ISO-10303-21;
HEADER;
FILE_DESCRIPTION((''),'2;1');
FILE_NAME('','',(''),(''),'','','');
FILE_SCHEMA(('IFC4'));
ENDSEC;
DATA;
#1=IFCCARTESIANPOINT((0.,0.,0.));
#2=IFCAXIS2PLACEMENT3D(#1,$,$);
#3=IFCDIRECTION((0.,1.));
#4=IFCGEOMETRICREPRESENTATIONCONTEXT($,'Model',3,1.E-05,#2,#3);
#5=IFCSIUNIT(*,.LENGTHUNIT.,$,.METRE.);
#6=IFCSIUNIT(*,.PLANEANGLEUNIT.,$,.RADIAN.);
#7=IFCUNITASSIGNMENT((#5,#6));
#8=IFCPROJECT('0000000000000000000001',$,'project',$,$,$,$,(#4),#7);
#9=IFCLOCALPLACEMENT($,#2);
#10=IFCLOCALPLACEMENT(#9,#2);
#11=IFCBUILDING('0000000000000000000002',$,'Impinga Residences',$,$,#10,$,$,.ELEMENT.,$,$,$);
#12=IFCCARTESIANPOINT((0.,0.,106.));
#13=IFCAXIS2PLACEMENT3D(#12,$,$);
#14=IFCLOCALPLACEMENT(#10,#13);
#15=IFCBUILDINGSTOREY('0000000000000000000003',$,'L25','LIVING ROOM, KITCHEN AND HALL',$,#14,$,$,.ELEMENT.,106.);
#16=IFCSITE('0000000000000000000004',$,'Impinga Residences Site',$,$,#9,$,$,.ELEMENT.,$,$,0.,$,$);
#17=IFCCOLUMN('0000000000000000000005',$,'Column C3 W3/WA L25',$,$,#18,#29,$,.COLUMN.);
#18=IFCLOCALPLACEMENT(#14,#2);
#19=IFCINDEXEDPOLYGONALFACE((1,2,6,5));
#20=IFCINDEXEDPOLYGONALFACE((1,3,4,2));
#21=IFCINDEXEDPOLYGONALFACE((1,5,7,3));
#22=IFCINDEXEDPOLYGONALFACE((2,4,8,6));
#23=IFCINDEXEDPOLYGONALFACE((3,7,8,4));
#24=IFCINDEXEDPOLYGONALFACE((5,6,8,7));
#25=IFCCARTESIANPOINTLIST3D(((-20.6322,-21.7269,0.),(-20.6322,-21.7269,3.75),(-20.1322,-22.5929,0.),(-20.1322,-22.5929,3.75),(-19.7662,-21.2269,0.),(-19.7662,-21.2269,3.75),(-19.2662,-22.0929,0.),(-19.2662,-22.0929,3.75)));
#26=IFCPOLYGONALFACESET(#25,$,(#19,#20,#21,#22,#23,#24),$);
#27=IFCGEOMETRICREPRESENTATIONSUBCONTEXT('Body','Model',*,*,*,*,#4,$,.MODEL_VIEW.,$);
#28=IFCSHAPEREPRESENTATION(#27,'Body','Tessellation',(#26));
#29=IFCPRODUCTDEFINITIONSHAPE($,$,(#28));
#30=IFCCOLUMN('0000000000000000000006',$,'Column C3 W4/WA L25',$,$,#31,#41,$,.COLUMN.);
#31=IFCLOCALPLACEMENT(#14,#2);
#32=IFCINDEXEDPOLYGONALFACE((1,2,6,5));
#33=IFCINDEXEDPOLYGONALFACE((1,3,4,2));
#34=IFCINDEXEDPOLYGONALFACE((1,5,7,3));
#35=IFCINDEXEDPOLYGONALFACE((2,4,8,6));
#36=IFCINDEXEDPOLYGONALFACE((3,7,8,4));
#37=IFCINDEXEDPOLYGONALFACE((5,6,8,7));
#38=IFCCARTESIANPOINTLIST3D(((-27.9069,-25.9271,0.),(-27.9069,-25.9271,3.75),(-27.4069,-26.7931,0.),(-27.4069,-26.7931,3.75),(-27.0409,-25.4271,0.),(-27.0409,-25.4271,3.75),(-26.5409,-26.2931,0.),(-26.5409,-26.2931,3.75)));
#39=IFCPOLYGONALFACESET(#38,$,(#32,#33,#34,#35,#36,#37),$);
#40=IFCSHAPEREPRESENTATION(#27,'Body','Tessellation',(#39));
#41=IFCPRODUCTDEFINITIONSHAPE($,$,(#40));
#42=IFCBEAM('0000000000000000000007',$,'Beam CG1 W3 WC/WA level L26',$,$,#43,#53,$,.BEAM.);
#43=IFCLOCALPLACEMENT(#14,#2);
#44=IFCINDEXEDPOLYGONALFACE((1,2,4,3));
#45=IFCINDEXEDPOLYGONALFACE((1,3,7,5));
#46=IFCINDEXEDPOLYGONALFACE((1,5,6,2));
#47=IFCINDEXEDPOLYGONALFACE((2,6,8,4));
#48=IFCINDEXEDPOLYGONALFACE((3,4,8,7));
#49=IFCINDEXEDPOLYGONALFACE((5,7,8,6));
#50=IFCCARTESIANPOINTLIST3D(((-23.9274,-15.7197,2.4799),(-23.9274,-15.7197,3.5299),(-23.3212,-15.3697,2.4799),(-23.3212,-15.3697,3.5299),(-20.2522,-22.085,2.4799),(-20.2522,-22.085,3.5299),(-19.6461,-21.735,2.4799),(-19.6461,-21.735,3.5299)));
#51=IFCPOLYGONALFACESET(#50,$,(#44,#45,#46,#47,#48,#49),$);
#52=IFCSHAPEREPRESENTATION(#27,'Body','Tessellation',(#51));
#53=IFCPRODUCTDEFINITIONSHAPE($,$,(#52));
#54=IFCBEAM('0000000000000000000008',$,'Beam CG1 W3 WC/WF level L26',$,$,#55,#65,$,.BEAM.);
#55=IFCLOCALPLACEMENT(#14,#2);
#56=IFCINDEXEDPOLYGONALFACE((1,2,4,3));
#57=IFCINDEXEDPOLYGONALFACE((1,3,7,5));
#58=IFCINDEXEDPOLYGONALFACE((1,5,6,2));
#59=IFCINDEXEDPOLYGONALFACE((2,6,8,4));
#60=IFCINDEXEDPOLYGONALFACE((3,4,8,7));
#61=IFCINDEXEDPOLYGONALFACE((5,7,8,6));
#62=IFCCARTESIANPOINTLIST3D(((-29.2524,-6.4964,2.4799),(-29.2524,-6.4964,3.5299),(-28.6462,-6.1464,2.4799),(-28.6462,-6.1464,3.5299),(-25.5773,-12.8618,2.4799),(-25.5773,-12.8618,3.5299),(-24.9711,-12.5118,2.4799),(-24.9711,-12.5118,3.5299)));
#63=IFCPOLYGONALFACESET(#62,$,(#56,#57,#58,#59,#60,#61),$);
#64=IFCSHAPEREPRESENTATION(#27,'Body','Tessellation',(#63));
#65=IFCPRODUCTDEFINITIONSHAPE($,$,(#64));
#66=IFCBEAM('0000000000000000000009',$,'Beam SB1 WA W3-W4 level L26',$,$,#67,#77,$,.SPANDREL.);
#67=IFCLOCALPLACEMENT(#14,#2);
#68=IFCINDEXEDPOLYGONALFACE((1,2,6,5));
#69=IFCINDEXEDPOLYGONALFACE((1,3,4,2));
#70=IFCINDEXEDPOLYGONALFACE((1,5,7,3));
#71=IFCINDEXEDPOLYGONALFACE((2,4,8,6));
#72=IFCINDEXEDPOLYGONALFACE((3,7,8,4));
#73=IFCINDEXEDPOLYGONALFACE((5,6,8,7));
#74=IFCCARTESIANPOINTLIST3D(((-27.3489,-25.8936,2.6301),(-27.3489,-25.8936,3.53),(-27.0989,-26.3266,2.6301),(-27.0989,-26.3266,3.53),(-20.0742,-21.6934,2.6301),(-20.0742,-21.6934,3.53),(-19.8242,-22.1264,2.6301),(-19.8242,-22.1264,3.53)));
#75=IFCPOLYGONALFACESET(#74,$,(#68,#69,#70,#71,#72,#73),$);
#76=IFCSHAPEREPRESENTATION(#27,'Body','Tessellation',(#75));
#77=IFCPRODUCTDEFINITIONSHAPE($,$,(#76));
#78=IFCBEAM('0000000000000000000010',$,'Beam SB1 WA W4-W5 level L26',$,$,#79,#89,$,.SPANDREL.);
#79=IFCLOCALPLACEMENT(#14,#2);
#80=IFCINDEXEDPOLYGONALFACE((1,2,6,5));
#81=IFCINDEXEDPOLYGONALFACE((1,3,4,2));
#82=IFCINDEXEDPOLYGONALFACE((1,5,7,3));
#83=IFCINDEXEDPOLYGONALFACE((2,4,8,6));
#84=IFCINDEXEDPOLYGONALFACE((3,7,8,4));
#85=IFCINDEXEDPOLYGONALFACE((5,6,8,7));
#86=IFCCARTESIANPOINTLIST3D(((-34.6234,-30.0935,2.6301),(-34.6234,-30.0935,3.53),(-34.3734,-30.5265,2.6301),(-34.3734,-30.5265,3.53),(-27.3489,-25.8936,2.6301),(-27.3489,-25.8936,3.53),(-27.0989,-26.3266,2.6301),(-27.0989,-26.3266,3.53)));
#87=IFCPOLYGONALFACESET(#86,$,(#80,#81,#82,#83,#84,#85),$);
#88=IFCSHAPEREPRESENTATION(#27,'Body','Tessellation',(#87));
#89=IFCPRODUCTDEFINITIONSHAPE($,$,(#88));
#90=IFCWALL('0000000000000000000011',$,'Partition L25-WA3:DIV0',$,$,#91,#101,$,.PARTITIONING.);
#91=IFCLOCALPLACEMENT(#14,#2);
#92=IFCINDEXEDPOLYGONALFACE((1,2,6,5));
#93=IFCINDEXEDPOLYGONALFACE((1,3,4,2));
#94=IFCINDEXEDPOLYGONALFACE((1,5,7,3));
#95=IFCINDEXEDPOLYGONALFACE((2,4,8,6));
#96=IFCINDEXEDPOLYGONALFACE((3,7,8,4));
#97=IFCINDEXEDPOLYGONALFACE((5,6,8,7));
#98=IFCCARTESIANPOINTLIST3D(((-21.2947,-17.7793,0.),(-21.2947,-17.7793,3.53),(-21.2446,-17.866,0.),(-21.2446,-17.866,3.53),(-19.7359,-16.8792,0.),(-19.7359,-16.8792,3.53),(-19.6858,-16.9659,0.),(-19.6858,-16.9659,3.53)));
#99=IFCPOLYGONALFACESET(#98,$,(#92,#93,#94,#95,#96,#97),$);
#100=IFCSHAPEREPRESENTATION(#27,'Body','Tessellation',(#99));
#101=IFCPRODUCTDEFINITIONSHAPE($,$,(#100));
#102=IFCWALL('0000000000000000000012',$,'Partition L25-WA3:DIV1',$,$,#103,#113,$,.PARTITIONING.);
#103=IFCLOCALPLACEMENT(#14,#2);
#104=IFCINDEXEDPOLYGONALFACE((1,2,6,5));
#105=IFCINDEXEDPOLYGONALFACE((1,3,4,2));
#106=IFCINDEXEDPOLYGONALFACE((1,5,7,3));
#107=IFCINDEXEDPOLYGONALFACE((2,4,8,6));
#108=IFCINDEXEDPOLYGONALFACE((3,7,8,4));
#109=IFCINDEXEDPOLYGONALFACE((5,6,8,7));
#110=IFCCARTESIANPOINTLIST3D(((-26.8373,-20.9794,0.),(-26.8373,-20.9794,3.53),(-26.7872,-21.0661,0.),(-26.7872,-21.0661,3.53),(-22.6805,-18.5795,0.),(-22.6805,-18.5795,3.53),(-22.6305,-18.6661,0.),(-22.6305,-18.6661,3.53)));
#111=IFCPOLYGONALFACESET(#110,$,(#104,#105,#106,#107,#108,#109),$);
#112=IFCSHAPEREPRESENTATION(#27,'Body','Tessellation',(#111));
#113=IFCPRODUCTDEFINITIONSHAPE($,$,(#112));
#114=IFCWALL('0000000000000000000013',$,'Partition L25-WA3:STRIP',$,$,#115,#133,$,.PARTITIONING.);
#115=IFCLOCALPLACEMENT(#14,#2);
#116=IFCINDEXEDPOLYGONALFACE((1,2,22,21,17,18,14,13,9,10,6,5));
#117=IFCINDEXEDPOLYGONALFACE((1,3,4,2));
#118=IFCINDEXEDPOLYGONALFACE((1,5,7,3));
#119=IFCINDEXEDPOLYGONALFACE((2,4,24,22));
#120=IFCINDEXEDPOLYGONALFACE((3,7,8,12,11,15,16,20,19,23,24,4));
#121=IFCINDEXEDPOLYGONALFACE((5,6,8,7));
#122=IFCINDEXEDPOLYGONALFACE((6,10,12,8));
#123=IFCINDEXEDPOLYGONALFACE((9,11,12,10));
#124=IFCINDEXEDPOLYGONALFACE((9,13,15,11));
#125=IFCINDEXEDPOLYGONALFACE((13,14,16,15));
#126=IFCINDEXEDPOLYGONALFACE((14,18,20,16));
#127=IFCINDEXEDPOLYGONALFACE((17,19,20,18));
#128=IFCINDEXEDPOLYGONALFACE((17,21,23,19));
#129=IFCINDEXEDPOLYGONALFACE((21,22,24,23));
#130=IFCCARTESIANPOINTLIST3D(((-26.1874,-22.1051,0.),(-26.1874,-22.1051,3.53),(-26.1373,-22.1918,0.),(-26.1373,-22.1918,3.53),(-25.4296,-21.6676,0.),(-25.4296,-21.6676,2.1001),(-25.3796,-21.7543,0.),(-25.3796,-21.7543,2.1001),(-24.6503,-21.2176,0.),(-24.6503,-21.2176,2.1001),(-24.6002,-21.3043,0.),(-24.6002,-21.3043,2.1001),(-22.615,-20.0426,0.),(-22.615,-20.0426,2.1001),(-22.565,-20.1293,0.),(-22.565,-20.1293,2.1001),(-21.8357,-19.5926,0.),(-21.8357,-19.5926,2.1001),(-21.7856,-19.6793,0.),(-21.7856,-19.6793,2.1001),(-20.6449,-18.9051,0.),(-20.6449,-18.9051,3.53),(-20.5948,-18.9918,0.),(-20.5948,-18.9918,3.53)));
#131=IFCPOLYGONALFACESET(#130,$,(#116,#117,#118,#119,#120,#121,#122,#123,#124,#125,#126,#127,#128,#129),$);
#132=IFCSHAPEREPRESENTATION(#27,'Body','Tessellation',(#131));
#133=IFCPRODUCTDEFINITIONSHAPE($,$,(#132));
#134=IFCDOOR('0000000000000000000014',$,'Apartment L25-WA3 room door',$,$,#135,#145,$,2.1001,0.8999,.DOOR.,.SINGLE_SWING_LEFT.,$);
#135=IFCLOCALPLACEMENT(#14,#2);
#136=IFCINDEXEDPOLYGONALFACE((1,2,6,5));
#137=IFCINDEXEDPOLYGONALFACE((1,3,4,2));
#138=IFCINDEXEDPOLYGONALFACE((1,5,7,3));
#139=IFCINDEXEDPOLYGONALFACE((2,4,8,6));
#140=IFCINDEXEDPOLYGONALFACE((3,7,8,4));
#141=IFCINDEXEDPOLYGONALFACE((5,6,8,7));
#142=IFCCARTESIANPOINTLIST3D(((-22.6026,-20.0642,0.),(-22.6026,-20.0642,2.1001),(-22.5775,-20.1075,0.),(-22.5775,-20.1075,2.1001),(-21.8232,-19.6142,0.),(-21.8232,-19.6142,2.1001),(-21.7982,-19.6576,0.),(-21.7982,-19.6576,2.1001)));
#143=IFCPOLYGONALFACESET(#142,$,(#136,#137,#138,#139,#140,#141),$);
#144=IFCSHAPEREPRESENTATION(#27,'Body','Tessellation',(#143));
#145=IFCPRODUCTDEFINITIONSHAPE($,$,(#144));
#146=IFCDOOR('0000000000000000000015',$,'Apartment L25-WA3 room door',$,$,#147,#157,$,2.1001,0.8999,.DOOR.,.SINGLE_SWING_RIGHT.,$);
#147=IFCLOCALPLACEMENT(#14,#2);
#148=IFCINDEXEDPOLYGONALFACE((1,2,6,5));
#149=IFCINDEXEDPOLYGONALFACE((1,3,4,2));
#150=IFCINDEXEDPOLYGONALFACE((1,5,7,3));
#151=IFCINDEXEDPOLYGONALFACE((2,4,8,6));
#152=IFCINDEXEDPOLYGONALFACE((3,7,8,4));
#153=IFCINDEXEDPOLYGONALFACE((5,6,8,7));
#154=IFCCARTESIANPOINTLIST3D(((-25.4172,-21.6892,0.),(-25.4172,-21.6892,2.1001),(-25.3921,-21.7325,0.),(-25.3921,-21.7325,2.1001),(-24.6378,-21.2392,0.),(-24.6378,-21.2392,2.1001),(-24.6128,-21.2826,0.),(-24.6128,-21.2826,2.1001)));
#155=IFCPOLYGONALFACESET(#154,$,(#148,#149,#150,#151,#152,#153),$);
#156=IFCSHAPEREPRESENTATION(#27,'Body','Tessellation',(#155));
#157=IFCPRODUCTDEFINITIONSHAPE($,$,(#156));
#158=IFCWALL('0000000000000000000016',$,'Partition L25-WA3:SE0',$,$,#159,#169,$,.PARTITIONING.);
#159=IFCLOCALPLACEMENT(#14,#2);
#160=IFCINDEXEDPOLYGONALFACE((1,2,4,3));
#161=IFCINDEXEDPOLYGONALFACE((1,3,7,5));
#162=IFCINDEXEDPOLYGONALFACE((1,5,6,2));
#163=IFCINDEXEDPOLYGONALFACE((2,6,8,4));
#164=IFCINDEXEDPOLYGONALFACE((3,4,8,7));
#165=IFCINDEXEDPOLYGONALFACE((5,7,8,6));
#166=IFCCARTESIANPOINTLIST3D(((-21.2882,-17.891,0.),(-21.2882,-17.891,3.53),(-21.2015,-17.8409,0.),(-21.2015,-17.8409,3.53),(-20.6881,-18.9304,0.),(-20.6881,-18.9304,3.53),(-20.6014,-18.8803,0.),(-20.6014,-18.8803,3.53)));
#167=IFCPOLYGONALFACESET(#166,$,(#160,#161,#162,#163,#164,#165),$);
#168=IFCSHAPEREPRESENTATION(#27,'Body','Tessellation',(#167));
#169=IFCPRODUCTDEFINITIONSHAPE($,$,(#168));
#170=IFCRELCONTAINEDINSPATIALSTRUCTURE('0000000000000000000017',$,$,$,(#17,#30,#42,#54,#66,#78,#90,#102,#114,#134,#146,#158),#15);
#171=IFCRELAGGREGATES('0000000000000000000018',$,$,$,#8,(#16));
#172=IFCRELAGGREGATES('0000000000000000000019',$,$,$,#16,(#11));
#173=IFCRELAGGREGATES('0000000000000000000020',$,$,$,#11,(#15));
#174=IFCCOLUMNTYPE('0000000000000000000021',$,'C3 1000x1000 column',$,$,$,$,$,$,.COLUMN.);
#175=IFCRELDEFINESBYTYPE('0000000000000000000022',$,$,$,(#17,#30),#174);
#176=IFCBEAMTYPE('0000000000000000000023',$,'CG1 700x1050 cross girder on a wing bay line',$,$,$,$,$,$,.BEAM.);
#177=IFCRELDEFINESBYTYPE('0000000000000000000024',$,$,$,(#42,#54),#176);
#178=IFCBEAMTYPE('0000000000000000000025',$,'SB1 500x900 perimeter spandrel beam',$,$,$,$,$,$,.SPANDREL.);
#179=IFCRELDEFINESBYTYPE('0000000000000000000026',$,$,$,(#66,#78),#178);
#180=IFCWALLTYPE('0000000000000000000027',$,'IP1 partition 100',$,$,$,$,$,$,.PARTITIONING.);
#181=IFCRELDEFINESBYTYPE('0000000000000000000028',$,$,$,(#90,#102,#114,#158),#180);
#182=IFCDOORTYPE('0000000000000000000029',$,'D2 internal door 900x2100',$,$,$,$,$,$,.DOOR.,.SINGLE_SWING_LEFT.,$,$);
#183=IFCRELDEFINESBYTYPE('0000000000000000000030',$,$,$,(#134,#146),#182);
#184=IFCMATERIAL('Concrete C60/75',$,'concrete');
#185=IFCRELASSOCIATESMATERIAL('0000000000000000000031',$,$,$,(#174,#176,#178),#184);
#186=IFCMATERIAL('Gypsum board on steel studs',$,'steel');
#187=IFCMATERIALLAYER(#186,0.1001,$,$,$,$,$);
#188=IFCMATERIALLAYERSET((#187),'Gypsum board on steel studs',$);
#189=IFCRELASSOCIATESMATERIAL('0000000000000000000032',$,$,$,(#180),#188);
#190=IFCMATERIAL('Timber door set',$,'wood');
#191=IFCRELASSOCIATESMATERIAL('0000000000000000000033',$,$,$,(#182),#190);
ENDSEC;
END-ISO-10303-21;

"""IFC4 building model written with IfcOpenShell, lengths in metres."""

from ifc_helpers import new_model, si_unit, direction, frame, frame_2d, origin, origin_2d, place, context, subcontext, project, spatial, rectangle, extrude, material, layer, layer_set, material_profile, profile_set, type_object, element, fill, save


model = new_model("IFC4")

# Units and contexts
model_context = context("Model", 3, precision=1e-05, world=origin(), true_north=direction((0.0, 1.0)))
body_context = subcontext(model_context, "Body", "Model", "MODEL_VIEW")
ifc_project = project(units=[si_unit("LENGTHUNIT", "METRE"), si_unit("PLANEANGLEUNIT", "RADIAN")], contexts=[model_context])

# Site, building, storey
site_placement = place(None, origin())
site = spatial("IfcSite", under=ifc_project, at=site_placement, Name="Impinga Residences Site", CompositionType="ELEMENT", RefElevation=0.0)
building_placement = place(site_placement, origin())
building = spatial("IfcBuilding", under=site, at=building_placement, Name="Impinga Residences", CompositionType="ELEMENT")
storey_placement = place(building_placement, frame((0.0, 0.0, 106.0)))
storey = spatial("IfcBuildingStorey", under=building, at=storey_placement, Name="L25", Description="LIVING ROOM, KITCHEN AND HALL", CompositionType="ELEMENT", Elevation=106.0)

# Columns
ifc_material_1 = material(Name="Concrete C60/75", Category="concrete")
ifc_material_profile_1 = material_profile(ifc_material_1, rectangle(XDim=1.0, YDim=1.0, at=origin_2d()), Name="RC 1000x1000")
ifc_profile_set_1 = profile_set([ifc_material_profile_1], Name="Concrete C60/75")
column_type = type_object("IfcColumnType", Name="C3 1000x1000 column", PredefinedType="COLUMN", material=ifc_profile_set_1)
for number, where, z_axis, x_axis, name in (
    (1, (-19.9492, -21.9099, 0.0), (0.0, 0.0, 1.0), (-0.5, 0.866025, 0.0), "Column C3 W3/WA L25"),
    (2, (-27.2239, -26.1101, 0.0), (0.0, 0.0, 1.0), (-0.5, 0.866025, 0.0), "Column C3 W4/WA L25"),
):
    element("IfcColumn", number, at=place(storey_placement, frame(where, z_axis=z_axis, x_axis=x_axis)), inside=storey, type_object=column_type, Name=name, PredefinedType="COLUMN", context=body_context, shape_type="SweptSolid", body=[
        extrude(rectangle(XDim=1.0, YDim=1.0, at=origin_2d()), origin(), (0.0, 0.0, 1.0), 3.75),
    ])

# Beams
ifc_material_profile_2 = material_profile(ifc_material_1, rectangle(XDim=0.7, YDim=1.05, at=origin_2d()), Name="RC 700x1050")
ifc_profile_set_2 = profile_set([ifc_material_profile_2], Name="Concrete C60/75")
beam_type_1 = type_object("IfcBeamType", Name="CG1 700x1050 cross girder on a wing bay line", PredefinedType="BEAM", material=ifc_profile_set_2)
for number, where, z_axis, x_axis, name in (
    (3, (-23.6243, -15.5447, 3.0049), (0.500008, -0.866021, 0.0), (0.866021, 0.500008, 0.0), "Beam CG1 W3 WC/WA level L26"),
    (4, (-25.2742, -12.6868, 3.0049), (-0.500008, 0.866021, 0.0), (-0.866021, -0.500008, 0.0), "Beam CG1 W3 WC/WF level L26"),
):
    element("IfcBeam", number, at=place(storey_placement, frame(where, z_axis=z_axis, x_axis=x_axis)), inside=storey, type_object=beam_type_1, Name=name, PredefinedType="BEAM", context=body_context, shape_type="SweptSolid", body=[
        extrude(rectangle(XDim=0.7, YDim=1.05, at=origin_2d()), origin(), (0.0, 0.0, 1.0), 7.3501),
    ])
ifc_material_profile_3 = material_profile(ifc_material_1, rectangle(XDim=0.5, YDim=0.8999, at=origin_2d()), Name="RC 500x900")
ifc_profile_set_3 = profile_set([ifc_material_profile_3], Name="Concrete C60/75")
beam_type_2 = type_object("IfcBeamType", Name="SB1 500x900 perimeter spandrel beam", PredefinedType="SPANDREL", material=ifc_profile_set_3)
beam_1_placement = place(storey_placement, frame((-19.9492, -21.9099, 3.0801), z_axis=(-0.866017, -0.500015, 0.0), x_axis=(0.500015, -0.866017, 0.0)))
element("IfcBeam", 5, at=beam_1_placement, inside=storey, type_object=beam_type_2, Name="Beam SB1 WA W3-W4 level L26", PredefinedType="SPANDREL", context=body_context, shape_type="SweptSolid", body=[
    extrude(rectangle(XDim=0.5, YDim=0.8999, at=origin_2d()), origin(), (0.0, 0.0, 1.0), 8.4001),
])
beam_2_placement = place(storey_placement, frame((-27.2239, -26.1101, 3.0801), z_axis=(-0.866029, -0.499993, 0.0), x_axis=(0.499993, -0.866029, 0.0)))
element("IfcBeam", 6, at=beam_2_placement, inside=storey, type_object=beam_type_2, Name="Beam SB1 WA W4-W5 level L26", PredefinedType="SPANDREL", context=body_context, shape_type="SweptSolid", body=[
    extrude(rectangle(XDim=0.5, YDim=0.8999, at=origin_2d()), origin(), (0.0, 0.0, 1.0), 8.3999),
])

# Walls
ifc_material_2 = material(Name="Gypsum board on steel studs", Category="steel")
ifc_layer_1 = layer(ifc_material_2, 0.1001)
ifc_layer_set_1 = layer_set([ifc_layer_1], Name="Gypsum board on steel studs")
wall_type_1 = type_object("IfcWallType", Name="IP1 partition 100", PredefinedType="PARTITIONING", material=ifc_layer_set_1)
wall_1_placement = place(storey_placement, frame((-19.7109, -16.9226, 0.0), z_axis=(0.0, 0.0, 1.0), x_axis=(-0.865989, -0.500063, 0.0)))
element("IfcWall", 7, at=wall_1_placement, inside=storey, type_object=wall_type_1, Name="Partition L25-WA3:DIV0", PredefinedType="PARTITIONING", context=body_context, shape_type="SweptSolid", body=[
    extrude(rectangle(XDim=1.8, YDim=0.1001, at=frame_2d((0.8999, 0.0))), origin(), (0.0, 0.0, 1.0), 3.53),
])
wall_2_placement = place(storey_placement, frame((-22.6555, -18.6228, 0.0), z_axis=(0.0, 0.0, 1.0), x_axis=(-0.866025, -0.500001, 0.0)))
element("IfcWall", 8, at=wall_2_placement, inside=storey, type_object=wall_type_1, Name="Partition L25-WA3:DIV1", PredefinedType="PARTITIONING", context=body_context, shape_type="SweptSolid", body=[
    extrude(rectangle(XDim=4.7998, YDim=0.1001, at=frame_2d((2.3999, 0.0))), origin(), (0.0, 0.0, 1.0), 3.53),
])

# Wall, openings, doors
wall_3_placement = place(storey_placement, frame((-20.6199, -18.9485, 0.0), z_axis=(0.0, 0.0, 1.0), x_axis=(-0.866025, -0.5, 0.0)))
wall_3 = element("IfcWall", 9, at=wall_3_placement, inside=storey, type_object=wall_type_1, Name="Partition L25-WA3:STRIP", PredefinedType="PARTITIONING", context=body_context, shape_type="SweptSolid", body=[
    extrude(rectangle(XDim=6.3999, YDim=0.1001, at=frame_2d((3.2, 0.0))), origin(), (0.0, 0.0, 1.0), 3.53),
])
opening_1_placement = place(wall_3_placement, frame((1.375, 0.0, 0.0)))
opening_1 = element("IfcOpeningElement", 10, at=opening_1_placement, cuts=wall_3, PredefinedType="OPENING", context=body_context, shape_type="SweptSolid", body=[
    extrude(rectangle(XDim=0.8999, YDim=2.1001, at=frame_2d((0.45, 1.05))), frame((0.0, 0.0601, 0.0), z_axis=(0.0, -1.0, 0.0), x_axis=(1.0, 0.0, 0.0)), (0.0, 0.0, 1.0), 0.1201),
])
opening_2_placement = place(wall_3_placement, frame((4.625, 0.0, 0.0)))
opening_2 = element("IfcOpeningElement", 11, at=opening_2_placement, cuts=wall_3, PredefinedType="OPENING", context=body_context, shape_type="SweptSolid", body=[
    extrude(rectangle(XDim=0.8999, YDim=2.1001, at=frame_2d((0.45, 1.05))), frame((0.0, 0.0601, 0.0), z_axis=(0.0, -1.0, 0.0), x_axis=(1.0, 0.0, 0.0)), (0.0, 0.0, 1.0), 0.1201),
])
ifc_material_3 = material(Name="Timber door set", Category="wood")
door_type = type_object("IfcDoorType", Name="D2 internal door 900x2100", OperationType="SINGLE_SWING_LEFT", PredefinedType="DOOR", material=ifc_material_3)
door_1_placement = place(opening_1_placement, origin())
door_1 = element("IfcDoor", 12, at=door_1_placement, inside=storey, type_object=door_type, Name="Apartment L25-WA3 room door", OperationType="SINGLE_SWING_LEFT", OverallHeight=2.1001, OverallWidth=0.8999, PredefinedType="DOOR", context=body_context, shape_type="SweptSolid", body=[
    extrude(rectangle(XDim=0.8999, YDim=2.1001, at=frame_2d((0.45, 1.05))), frame((0.0, 0.0249, 0.0), z_axis=(0.0, -1.0, 0.0), x_axis=(1.0, 0.0, 0.0)), (0.0, 0.0, 1.0), 0.05),
])
fill(opening_1, door_1)
door_2_placement = place(opening_2_placement, origin())
door_2 = element("IfcDoor", 13, at=door_2_placement, inside=storey, type_object=door_type, Name="Apartment L25-WA3 room door", OperationType="SINGLE_SWING_RIGHT", OverallHeight=2.1001, OverallWidth=0.8999, PredefinedType="DOOR", context=body_context, shape_type="SweptSolid", body=[
    extrude(rectangle(XDim=0.8999, YDim=2.1001, at=frame_2d((0.45, 1.05))), frame((0.0, 0.0249, 0.0), z_axis=(0.0, -1.0, 0.0), x_axis=(1.0, 0.0, 0.0)), (0.0, 0.0, 1.0), 0.05),
])
fill(opening_2, door_2)

# Wall
wall_4_placement = place(storey_placement, frame((-21.2449, -17.866, 0.0), z_axis=(0.0, 0.0, 1.0), x_axis=(0.500034, -0.866006, 0.0)))
element("IfcWall", 14, at=wall_4_placement, inside=storey, type_object=wall_type_1, Name="Partition L25-WA3:SE0", PredefinedType="PARTITIONING", context=body_context, shape_type="SweptSolid", body=[
    extrude(rectangle(XDim=1.2002, YDim=0.1001, at=frame_2d((0.6001, 0.0))), origin(), (0.0, 0.0, 1.0), 3.53),
])

save(model, "model.ifc")
